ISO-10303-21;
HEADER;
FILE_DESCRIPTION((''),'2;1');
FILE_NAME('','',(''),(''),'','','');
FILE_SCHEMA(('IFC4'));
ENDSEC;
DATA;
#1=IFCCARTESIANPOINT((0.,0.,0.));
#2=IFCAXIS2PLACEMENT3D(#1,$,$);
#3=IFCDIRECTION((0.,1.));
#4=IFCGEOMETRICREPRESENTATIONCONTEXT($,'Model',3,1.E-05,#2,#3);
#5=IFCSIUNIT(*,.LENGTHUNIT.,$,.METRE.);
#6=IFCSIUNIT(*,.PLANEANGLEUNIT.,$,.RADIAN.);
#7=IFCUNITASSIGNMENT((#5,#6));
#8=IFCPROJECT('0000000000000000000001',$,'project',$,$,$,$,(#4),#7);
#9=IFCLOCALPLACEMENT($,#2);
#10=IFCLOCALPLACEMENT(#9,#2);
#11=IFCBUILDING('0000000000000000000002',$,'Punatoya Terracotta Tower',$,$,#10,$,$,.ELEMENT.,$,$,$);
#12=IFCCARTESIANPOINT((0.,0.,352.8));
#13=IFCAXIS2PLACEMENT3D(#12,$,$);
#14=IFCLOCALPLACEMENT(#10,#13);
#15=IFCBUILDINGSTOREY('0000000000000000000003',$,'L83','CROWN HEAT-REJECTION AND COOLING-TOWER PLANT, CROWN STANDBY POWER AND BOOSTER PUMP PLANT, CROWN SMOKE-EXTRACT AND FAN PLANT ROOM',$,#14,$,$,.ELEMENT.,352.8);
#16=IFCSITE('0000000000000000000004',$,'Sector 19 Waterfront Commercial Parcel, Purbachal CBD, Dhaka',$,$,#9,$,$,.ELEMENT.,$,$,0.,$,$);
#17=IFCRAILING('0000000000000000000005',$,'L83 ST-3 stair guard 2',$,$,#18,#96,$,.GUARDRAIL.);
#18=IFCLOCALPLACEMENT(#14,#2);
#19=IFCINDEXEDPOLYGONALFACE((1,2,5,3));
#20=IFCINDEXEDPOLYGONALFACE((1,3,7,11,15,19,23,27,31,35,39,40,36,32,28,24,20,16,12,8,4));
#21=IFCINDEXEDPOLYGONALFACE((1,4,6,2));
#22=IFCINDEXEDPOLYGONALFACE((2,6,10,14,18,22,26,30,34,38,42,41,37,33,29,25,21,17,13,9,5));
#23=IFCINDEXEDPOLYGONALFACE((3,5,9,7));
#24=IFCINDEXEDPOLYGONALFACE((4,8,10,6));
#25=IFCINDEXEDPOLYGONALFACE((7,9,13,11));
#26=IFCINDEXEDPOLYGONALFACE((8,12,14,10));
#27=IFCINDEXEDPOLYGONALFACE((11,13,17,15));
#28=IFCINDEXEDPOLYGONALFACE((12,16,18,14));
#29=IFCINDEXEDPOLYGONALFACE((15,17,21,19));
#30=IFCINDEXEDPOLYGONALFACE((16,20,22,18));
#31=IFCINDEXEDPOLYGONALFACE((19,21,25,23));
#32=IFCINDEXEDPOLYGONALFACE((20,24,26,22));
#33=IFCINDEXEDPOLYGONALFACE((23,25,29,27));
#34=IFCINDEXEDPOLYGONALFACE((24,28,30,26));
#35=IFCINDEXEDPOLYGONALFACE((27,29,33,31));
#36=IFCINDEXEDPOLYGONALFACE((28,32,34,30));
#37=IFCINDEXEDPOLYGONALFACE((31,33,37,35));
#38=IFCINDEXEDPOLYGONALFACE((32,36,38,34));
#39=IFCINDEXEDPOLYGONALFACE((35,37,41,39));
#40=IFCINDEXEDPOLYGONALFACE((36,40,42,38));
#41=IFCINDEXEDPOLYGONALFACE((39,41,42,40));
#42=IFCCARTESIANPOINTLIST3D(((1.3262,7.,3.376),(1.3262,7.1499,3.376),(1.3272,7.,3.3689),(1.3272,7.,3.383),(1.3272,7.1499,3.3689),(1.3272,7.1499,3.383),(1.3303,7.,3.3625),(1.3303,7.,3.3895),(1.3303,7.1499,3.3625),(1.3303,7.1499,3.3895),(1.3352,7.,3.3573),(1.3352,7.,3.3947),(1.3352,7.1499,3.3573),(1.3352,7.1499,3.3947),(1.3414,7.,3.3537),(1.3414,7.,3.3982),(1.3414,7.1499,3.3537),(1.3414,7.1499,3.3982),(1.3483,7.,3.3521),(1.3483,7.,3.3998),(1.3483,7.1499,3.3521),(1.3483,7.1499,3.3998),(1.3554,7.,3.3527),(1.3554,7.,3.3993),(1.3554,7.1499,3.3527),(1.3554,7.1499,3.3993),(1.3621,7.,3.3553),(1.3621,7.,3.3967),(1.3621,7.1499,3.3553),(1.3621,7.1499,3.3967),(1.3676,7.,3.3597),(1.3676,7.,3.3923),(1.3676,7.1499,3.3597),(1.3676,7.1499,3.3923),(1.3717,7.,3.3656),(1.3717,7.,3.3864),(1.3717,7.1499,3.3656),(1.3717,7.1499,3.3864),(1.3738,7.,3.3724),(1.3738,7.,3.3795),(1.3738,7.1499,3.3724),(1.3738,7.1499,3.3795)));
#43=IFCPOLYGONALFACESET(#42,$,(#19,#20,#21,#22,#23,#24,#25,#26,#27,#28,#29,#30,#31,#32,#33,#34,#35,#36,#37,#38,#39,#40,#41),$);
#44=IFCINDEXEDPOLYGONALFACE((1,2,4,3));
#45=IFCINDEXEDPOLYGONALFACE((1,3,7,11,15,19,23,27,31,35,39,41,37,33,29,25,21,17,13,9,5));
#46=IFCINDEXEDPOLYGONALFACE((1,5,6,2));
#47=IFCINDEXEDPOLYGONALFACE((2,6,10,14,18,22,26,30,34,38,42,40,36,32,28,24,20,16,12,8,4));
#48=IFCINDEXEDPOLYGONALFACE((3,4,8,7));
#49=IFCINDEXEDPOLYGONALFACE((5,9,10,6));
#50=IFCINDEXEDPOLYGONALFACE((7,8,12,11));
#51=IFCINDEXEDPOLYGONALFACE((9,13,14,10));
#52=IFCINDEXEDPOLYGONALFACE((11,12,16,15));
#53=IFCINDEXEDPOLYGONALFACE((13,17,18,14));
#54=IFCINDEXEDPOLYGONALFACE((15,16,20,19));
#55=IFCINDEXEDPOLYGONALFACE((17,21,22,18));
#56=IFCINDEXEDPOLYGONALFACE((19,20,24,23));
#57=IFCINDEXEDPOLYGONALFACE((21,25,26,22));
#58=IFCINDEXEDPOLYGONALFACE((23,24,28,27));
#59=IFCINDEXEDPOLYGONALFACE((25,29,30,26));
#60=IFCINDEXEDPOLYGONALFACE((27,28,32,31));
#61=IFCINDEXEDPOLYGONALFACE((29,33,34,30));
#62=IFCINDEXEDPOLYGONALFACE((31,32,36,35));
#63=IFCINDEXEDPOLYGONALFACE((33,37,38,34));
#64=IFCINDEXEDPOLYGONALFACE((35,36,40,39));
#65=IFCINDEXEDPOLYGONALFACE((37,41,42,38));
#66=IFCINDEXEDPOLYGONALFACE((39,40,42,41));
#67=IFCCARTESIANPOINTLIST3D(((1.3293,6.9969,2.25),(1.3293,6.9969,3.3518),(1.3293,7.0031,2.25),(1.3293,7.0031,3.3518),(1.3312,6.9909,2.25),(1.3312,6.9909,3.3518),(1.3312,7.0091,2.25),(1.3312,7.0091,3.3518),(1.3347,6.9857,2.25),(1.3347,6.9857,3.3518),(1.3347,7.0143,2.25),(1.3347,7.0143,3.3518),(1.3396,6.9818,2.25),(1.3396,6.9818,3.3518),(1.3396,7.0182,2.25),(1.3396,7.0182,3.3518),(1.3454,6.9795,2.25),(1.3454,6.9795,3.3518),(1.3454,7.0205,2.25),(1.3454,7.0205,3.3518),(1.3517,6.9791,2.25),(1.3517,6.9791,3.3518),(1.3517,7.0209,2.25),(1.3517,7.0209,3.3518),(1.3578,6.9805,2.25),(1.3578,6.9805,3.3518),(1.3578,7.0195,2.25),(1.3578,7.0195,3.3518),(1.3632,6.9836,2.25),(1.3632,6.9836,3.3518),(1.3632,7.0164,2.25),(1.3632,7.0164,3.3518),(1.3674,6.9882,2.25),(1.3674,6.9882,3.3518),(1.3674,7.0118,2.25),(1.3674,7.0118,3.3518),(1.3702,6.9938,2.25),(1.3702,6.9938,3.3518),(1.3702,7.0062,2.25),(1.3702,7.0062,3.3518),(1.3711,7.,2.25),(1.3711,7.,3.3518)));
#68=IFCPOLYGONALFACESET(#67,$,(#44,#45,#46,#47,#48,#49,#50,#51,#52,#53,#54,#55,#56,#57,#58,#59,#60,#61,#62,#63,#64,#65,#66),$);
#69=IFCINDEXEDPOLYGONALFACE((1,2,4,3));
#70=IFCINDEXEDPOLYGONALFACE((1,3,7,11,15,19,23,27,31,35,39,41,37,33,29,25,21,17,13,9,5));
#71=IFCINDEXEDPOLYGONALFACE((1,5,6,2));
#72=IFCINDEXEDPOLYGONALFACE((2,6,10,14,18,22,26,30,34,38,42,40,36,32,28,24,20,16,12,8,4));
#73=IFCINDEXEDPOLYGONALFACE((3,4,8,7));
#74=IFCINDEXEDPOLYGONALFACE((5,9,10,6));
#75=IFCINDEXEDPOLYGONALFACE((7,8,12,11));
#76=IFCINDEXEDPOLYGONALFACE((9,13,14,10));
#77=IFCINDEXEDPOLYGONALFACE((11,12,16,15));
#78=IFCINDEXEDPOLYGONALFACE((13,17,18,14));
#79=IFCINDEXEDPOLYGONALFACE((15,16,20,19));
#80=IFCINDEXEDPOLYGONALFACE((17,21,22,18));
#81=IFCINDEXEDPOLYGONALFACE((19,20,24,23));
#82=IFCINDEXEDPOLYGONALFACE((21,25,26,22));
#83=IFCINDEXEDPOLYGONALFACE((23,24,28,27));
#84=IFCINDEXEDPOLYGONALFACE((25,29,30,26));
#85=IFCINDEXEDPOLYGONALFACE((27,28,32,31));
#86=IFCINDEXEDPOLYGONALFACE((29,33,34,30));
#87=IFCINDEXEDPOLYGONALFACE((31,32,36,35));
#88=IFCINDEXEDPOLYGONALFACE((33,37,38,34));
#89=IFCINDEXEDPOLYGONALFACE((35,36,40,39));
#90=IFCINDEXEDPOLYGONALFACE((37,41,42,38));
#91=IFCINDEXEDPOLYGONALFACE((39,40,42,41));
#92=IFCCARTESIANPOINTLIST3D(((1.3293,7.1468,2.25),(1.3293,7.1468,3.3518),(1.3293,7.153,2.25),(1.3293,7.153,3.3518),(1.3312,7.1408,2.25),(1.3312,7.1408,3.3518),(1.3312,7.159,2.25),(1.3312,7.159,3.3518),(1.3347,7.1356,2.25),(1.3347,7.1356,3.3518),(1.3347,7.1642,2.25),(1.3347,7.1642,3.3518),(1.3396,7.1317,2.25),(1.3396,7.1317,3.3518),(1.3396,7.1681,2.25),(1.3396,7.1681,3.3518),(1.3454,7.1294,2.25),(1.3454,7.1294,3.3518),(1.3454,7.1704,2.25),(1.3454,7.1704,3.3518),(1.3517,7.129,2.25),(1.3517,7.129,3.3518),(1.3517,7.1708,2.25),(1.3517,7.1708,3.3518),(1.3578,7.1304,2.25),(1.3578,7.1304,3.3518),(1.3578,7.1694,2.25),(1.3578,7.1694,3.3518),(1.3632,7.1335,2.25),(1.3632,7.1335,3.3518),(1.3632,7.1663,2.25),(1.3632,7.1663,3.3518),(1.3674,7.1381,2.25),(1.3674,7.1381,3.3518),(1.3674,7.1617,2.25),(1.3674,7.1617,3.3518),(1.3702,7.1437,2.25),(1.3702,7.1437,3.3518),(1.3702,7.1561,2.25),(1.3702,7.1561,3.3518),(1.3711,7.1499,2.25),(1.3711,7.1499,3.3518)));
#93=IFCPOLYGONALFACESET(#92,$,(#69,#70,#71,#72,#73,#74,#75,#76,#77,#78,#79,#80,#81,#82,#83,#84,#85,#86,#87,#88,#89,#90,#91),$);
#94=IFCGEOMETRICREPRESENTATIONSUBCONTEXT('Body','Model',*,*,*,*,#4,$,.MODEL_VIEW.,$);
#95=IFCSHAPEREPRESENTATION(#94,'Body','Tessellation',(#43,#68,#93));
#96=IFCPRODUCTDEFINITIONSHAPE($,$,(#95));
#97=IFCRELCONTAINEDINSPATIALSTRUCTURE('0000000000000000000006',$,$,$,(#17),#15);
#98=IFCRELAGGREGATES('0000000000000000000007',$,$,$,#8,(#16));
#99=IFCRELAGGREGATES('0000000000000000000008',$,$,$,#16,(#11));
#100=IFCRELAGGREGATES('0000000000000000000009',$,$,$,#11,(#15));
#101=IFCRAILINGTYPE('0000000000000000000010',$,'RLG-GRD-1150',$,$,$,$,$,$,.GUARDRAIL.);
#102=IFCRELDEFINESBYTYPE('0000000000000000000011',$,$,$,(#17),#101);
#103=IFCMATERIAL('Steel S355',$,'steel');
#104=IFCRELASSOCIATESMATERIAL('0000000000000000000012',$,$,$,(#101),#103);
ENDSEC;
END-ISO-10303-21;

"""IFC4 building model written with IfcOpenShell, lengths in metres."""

from ifc_helpers import new_model, si_unit, direction, frame, origin, origin_2d, place, context, subcontext, project, spatial, circle, extrude, material, type_object, element, save


model = new_model("IFC4")

# Units and contexts
model_context = context("Model", 3, precision=1e-05, world=origin(), true_north=direction((0.0, 1.0)))
body_context = subcontext(model_context, "Body", "Model", "MODEL_VIEW")
ifc_project = project(units=[si_unit("LENGTHUNIT", "METRE"), si_unit("PLANEANGLEUNIT", "RADIAN")], contexts=[model_context])

# Site, building, storey
site_placement = place(None, origin())
site = spatial("IfcSite", under=ifc_project, at=site_placement, Name="Sector 19 Waterfront Commercial Parcel, Purbachal CBD, Dhaka", CompositionType="ELEMENT", RefElevation=0.0)
building_placement = place(site_placement, origin())
building = spatial("IfcBuilding", under=site, at=building_placement, Name="Punatoya Terracotta Tower", CompositionType="ELEMENT")
storey_placement = place(building_placement, frame((0.0, 0.0, 352.8)))
storey = spatial("IfcBuildingStorey", under=building, at=storey_placement, Name="L83", Description="CROWN HEAT-REJECTION AND COOLING-TOWER PLANT, CROWN STANDBY POWER AND BOOSTER PUMP PLANT, CROWN SMOKE-EXTRACT AND FAN PLANT ROOM", CompositionType="ELEMENT", Elevation=352.8)

# Shared definitions
ifc_material_1 = material(Name="Steel S355", Category="steel")

# Railing
railing_type_1 = type_object("IfcRailingType", Name="RLG-GRD-1150", PredefinedType="GUARDRAIL", material=ifc_material_1)
railing_1_placement = place(storey_placement, frame((1.3501, 7.0, 2.25)))
element("IfcRailing", 1, at=railing_1_placement, inside=storey, type_object=railing_type_1, Name="L83 ST-3 stair guard 2", PredefinedType="GUARDRAIL", context=body_context, shape_type="SweptSolid", body=[
    extrude(circle(Radius=0.0239, at=origin_2d()), frame((0.0, 0.0, 1.126), z_axis=(0.0, 1.0, 0.0), x_axis=(-1.0, 0.0, 0.0)), (0.0, 0.0, 1.0), 0.1499),
    extrude(circle(Radius=0.021, at=origin_2d()), origin(), (0.0, 0.0, 1.0), 1.1018),
    extrude(circle(Radius=0.021, at=origin_2d()), frame((0.0, 0.1499, 0.0)), (0.0, 0.0, 1.0), 1.1018),
])

save(model, "model.ifc")
